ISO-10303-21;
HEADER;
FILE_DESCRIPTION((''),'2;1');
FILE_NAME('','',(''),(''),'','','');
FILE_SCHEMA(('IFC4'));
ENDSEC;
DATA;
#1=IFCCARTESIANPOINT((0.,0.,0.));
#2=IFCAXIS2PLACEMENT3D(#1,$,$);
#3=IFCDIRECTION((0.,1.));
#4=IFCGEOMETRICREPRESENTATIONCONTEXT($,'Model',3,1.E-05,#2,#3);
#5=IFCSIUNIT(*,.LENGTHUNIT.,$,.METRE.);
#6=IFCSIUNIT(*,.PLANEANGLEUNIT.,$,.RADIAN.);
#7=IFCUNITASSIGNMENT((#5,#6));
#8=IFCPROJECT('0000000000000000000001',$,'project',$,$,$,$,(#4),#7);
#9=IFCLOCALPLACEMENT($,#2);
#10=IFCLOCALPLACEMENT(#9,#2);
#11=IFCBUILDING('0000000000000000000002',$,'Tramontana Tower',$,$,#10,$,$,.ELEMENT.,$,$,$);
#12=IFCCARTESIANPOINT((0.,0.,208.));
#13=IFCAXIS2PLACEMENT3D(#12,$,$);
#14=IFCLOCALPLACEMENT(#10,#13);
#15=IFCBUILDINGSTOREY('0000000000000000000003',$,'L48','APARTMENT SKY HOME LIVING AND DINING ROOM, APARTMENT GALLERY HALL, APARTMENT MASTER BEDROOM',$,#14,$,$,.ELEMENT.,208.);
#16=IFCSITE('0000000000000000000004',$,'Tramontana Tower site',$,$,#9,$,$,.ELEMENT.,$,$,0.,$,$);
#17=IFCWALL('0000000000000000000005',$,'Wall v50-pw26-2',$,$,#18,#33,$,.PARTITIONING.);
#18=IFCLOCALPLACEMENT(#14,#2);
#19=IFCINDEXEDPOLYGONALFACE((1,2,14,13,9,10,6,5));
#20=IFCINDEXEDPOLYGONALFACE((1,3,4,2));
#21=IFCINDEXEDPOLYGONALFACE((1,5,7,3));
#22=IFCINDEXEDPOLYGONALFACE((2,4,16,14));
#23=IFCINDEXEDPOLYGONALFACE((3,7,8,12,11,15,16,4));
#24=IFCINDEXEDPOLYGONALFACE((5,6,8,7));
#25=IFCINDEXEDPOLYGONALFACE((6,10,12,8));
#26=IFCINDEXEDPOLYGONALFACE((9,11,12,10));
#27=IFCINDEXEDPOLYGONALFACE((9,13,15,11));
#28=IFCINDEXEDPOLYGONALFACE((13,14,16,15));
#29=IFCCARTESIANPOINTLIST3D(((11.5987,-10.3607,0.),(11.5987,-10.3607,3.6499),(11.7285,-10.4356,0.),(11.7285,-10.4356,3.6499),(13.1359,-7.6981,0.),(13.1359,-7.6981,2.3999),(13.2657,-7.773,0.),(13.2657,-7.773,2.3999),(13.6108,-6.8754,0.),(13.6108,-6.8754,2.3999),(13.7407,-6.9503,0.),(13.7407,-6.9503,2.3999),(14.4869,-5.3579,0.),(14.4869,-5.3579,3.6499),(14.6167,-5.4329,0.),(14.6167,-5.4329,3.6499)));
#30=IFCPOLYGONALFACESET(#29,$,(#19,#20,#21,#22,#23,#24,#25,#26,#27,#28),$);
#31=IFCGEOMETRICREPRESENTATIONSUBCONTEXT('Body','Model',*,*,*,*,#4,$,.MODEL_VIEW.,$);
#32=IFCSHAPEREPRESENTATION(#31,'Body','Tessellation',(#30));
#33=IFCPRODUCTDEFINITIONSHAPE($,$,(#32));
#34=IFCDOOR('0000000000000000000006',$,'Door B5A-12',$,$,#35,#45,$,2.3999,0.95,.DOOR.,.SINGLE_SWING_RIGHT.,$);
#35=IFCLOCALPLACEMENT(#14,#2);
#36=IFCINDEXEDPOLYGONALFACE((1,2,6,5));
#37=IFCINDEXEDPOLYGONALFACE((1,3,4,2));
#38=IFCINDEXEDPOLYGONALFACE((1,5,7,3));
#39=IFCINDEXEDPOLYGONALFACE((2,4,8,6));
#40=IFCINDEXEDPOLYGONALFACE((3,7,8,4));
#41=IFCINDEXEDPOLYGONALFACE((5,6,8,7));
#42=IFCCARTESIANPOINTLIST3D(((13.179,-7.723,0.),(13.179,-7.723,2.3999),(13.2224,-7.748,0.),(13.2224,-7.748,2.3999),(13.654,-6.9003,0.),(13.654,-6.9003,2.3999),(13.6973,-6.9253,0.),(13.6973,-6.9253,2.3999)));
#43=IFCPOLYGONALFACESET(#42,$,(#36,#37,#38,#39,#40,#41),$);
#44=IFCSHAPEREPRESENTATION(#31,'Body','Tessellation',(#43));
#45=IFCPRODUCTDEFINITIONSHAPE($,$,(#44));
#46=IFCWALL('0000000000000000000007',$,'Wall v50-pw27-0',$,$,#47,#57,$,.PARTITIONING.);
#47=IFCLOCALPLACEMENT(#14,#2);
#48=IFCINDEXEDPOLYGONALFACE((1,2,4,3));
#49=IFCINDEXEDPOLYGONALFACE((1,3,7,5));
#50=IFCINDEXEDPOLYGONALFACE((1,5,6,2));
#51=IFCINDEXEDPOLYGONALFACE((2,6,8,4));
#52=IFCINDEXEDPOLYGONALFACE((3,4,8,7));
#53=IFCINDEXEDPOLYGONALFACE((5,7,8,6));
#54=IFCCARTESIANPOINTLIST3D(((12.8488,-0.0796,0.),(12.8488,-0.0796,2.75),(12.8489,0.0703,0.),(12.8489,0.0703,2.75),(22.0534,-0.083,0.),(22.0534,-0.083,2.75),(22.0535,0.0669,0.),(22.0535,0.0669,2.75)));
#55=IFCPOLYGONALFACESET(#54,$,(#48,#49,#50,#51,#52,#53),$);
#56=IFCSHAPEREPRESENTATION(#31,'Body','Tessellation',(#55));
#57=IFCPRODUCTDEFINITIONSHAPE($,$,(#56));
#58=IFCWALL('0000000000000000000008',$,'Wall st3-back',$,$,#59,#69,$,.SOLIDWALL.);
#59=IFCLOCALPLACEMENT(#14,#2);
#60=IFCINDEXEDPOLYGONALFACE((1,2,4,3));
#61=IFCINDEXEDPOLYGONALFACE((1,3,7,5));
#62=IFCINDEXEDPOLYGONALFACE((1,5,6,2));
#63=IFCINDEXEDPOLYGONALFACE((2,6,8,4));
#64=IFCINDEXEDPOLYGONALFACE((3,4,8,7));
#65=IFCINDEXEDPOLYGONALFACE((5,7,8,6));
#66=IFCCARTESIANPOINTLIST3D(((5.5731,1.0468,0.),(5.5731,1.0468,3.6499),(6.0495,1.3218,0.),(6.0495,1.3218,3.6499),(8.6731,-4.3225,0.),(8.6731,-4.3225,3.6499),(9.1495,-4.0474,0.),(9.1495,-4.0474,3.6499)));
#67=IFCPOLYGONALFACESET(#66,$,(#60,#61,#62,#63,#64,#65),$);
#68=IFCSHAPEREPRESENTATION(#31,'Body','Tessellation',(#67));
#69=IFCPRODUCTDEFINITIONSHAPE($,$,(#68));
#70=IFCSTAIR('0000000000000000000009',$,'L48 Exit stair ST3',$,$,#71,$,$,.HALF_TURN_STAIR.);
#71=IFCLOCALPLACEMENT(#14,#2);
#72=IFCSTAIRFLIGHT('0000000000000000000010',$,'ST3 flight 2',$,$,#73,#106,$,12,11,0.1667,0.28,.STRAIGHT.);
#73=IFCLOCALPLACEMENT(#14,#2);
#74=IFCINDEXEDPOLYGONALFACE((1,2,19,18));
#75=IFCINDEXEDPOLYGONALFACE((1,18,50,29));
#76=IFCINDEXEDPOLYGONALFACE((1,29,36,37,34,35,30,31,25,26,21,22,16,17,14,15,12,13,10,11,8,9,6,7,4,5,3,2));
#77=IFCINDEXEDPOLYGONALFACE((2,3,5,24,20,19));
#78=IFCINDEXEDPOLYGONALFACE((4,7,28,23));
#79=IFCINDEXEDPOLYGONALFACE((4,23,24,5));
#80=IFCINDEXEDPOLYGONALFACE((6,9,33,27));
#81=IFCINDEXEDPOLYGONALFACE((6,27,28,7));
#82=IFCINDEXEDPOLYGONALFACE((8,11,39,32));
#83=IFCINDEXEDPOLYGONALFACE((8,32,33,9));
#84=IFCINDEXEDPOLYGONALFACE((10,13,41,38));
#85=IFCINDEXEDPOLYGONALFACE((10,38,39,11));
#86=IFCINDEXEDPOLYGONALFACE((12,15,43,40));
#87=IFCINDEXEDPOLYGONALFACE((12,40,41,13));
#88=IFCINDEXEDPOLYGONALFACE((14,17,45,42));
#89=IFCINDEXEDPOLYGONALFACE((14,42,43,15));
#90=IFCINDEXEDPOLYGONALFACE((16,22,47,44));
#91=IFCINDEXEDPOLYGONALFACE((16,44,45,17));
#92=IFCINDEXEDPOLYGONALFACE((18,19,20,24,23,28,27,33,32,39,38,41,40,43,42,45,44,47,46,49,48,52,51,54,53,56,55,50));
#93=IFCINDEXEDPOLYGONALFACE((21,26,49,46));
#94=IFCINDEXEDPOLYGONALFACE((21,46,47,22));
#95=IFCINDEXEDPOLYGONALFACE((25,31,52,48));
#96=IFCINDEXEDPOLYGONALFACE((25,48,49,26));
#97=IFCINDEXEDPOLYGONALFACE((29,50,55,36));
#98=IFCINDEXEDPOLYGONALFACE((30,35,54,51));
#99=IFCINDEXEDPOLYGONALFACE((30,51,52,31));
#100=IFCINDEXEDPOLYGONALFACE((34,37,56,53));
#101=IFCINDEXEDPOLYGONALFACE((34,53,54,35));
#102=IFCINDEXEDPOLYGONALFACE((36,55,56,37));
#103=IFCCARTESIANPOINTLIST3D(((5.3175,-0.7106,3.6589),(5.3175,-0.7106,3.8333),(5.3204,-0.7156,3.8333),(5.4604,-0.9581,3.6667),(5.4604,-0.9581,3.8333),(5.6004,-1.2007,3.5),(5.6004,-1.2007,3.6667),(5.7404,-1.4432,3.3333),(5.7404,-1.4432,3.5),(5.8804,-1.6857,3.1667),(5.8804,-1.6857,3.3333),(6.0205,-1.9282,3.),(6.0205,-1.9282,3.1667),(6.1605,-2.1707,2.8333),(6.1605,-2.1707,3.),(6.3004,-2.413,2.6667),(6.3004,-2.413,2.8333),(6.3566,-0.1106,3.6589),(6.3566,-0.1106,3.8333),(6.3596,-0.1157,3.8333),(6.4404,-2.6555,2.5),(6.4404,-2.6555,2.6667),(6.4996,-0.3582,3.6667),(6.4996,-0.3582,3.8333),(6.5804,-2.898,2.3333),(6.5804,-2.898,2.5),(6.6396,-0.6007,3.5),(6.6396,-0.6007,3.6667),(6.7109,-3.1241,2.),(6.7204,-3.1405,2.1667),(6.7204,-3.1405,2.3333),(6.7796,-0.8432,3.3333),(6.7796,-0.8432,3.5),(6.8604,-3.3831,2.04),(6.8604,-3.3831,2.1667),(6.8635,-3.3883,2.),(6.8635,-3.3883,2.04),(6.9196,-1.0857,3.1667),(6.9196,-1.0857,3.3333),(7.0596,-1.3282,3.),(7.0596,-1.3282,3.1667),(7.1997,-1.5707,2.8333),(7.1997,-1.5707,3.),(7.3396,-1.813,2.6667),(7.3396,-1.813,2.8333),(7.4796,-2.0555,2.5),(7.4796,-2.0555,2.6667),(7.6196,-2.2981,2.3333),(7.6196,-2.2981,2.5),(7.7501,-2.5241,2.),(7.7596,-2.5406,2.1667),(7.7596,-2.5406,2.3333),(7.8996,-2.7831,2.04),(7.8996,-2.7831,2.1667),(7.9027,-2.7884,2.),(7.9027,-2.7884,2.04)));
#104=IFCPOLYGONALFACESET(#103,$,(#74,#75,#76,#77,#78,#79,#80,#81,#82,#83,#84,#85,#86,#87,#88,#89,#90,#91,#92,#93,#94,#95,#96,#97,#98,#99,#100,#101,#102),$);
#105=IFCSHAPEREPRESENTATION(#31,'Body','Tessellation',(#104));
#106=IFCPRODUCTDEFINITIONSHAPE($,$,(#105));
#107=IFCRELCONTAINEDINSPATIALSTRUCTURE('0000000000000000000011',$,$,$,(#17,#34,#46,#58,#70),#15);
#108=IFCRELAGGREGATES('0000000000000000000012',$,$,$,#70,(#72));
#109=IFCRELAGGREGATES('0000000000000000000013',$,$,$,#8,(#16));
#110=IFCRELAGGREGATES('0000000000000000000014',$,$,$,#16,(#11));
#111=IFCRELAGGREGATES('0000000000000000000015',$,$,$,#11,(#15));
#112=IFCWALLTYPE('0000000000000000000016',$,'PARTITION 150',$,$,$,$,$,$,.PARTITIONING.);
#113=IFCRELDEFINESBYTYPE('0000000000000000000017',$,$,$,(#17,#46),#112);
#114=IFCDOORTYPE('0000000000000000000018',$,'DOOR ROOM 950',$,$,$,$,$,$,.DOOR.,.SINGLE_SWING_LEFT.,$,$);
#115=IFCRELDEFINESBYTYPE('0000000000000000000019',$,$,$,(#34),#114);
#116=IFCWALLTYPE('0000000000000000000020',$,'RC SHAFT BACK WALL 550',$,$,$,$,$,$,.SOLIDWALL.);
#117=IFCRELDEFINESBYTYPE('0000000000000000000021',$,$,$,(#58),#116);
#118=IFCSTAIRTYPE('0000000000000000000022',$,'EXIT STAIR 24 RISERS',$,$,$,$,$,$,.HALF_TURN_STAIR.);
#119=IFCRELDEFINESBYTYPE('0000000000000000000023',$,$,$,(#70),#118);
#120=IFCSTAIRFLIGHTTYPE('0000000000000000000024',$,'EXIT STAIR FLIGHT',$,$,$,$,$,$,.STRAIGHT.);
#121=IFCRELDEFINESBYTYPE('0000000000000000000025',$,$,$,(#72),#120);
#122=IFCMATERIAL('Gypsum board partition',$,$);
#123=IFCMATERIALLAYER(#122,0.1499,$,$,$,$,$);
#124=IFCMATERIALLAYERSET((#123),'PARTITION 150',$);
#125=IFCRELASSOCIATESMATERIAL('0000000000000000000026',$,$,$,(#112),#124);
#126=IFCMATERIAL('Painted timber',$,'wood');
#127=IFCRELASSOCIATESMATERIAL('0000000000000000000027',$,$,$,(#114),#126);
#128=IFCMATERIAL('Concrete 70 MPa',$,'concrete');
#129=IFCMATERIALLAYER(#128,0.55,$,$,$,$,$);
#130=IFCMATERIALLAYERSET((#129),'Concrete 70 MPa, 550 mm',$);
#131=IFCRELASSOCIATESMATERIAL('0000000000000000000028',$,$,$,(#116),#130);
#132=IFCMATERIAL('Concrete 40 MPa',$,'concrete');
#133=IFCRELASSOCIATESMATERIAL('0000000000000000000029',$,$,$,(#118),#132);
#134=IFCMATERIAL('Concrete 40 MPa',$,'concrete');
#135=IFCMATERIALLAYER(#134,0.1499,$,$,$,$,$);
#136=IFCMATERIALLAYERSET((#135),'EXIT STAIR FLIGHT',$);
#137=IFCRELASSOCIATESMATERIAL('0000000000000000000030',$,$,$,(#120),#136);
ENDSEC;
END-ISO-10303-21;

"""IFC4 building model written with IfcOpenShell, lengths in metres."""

from ifc_helpers import new_model, si_unit, direction, frame, frame_2d, origin, place, context, subcontext, project, spatial, polyline, rectangle, outline, extrude, material, layer, layer_set, type_object, element, fill, aggregate, save


model = new_model("IFC4")

# Units and contexts
model_context = context("Model", 3, precision=1e-05, world=origin(), true_north=direction((0.0, 1.0)))
body_context = subcontext(model_context, "Body", "Model", "MODEL_VIEW")
ifc_project = project(units=[si_unit("LENGTHUNIT", "METRE"), si_unit("PLANEANGLEUNIT", "RADIAN")], contexts=[model_context])

# Site, building, storey
site_placement = place(None, origin())
site = spatial("IfcSite", under=ifc_project, at=site_placement, Name="Tramontana Tower site", CompositionType="ELEMENT", RefElevation=0.0)
building_placement = place(site_placement, origin())
building = spatial("IfcBuilding", under=site, at=building_placement, Name="Tramontana Tower", CompositionType="ELEMENT")
storey_placement = place(building_placement, frame((0.0, 0.0, 208.0)))
storey = spatial("IfcBuildingStorey", under=building, at=storey_placement, Name="L48", Description="APARTMENT SKY HOME LIVING AND DINING ROOM, APARTMENT GALLERY HALL, APARTMENT MASTER BEDROOM", CompositionType="ELEMENT", Elevation=208.0)

# Shared definitions
ifc_material_1 = material(Name="Gypsum board partition")
ifc_layer_1 = layer(ifc_material_1, 0.1499)
ifc_layer_set_1 = layer_set([ifc_layer_1], Name="PARTITION 150")
wall_type_1 = type_object("IfcWallType", Name="PARTITION 150", PredefinedType="PARTITIONING", material=ifc_layer_set_1)

# Wall, opening, door
wall_1_placement = place(storey_placement, frame((14.5518, -5.3955, 0.0), z_axis=(0.0, 0.0, 1.0), x_axis=(-0.499985, -0.866034, 0.0)))
wall_1 = element("IfcWall", 1, at=wall_1_placement, inside=storey, type_object=wall_type_1, Name="Wall v50-pw26-2", PredefinedType="PARTITIONING", context=body_context, shape_type="SweptSolid", body=[
    extrude(rectangle(XDim=5.7766, YDim=0.1499, at=frame_2d((2.8882, 0.0))), origin(), (0.0, 0.0, 1.0), 3.6499),
])
opening_1_placement = place(wall_1_placement, frame((1.752, 0.0, 0.0)))
opening_1 = element("IfcOpeningElement", 2, at=opening_1_placement, cuts=wall_1, PredefinedType="OPENING", context=body_context, shape_type="SweptSolid", body=[
    extrude(rectangle(XDim=0.95, YDim=2.3999, at=frame_2d((0.4751, 1.2))), frame((0.0, 0.085, 0.0), z_axis=(0.0, -1.0, 0.0), x_axis=(1.0, 0.0, 0.0)), (0.0, 0.0, 1.0), 0.1699),
])
ifc_material_2 = material(Name="Painted timber", Category="wood")
door_type_1 = type_object("IfcDoorType", Name="DOOR ROOM 950", OperationType="SINGLE_SWING_LEFT", PredefinedType="DOOR", material=ifc_material_2)
door_1_placement = place(opening_1_placement, origin())
door_1 = element("IfcDoor", 3, at=door_1_placement, inside=storey, type_object=door_type_1, Name="Door B5A-12", OperationType="SINGLE_SWING_RIGHT", OverallHeight=2.3999, OverallWidth=0.95, PredefinedType="DOOR", context=body_context, shape_type="SweptSolid", body=[
    extrude(rectangle(XDim=0.95, YDim=2.3999, at=frame_2d((0.4751, 1.2))), frame((0.0, 0.0249, 0.0), z_axis=(0.0, -1.0, 0.0), x_axis=(1.0, 0.0, 0.0)), (0.0, 0.0, 1.0), 0.05),
])
fill(opening_1, door_1)

# Walls
wall_2_placement = place(storey_placement, frame((22.0535, -0.0081, 0.0), z_axis=(0.0, 0.0, 1.0), x_axis=(-1.0, 0.000371, 0.0)))
element("IfcWall", 4, at=wall_2_placement, inside=storey, type_object=wall_type_1, Name="Wall v50-pw27-0", PredefinedType="PARTITIONING", context=body_context, shape_type="SweptSolid", body=[
    extrude(rectangle(XDim=9.2046, YDim=0.1499, at=frame_2d((4.6023, 0.0))), origin(), (0.0, 0.0, 1.0), 2.75),
])
ifc_material_3 = material(Name="Concrete 70 MPa", Category="concrete")
ifc_layer_2 = layer(ifc_material_3, 0.55)
ifc_layer_set_2 = layer_set([ifc_layer_2], Name="Concrete 70 MPa, 550 mm")
wall_type_2 = type_object("IfcWallType", Name="RC SHAFT BACK WALL 550", PredefinedType="SOLIDWALL", material=ifc_layer_set_2)
wall_3_placement = place(storey_placement, frame((8.9114, -4.1851, 0.0), z_axis=(0.0, 0.0, 1.0), x_axis=(-0.50001, 0.86602, 0.0)))
element("IfcWall", 5, at=wall_3_placement, inside=storey, type_object=wall_type_2, Name="Wall st3-back", PredefinedType="SOLIDWALL", context=body_context, shape_type="SweptSolid", body=[
    extrude(rectangle(XDim=6.2, YDim=0.55, at=frame_2d((3.1001, 0.0))), origin(), (0.0, 0.0, 1.0), 3.6499),
])

# Stair, stair flight
ifc_material_4 = material(Name="Concrete 40 MPa", Category="concrete")
stair_type = type_object("IfcStairType", Name="EXIT STAIR 24 RISERS", PredefinedType="HALF_TURN_STAIR", material=ifc_material_4)
stair_placement = place(storey_placement, origin())
stair = element("IfcStair", 6, at=stair_placement, inside=storey, type_object=stair_type, Name="L48 Exit stair ST3", PredefinedType="HALF_TURN_STAIR")
ifc_material_5 = material(Name="Concrete 40 MPa", Category="concrete")
ifc_layer_3 = layer(ifc_material_5, 0.1499)
ifc_layer_set_3 = layer_set([ifc_layer_3], Name="EXIT STAIR FLIGHT")
stair_flight_type = type_object("IfcStairFlightType", Name="EXIT STAIR FLIGHT", PredefinedType="STRAIGHT", material=ifc_layer_set_3)
stair_flight_placement = place(storey_placement, frame((7.3801, -3.083, 2.0), z_axis=(0.0, 0.0, 1.0), x_axis=(-0.5, 0.866025, 0.0)))
stair_flight = element("IfcStairFlight", 7, at=stair_flight_placement, type_object=stair_flight_type, Name="ST3 flight 2", NumberOfRisers=12, NumberOfTreads=11, PredefinedType="STRAIGHT", RiserHeight=0.1667, TreadLength=0.28, context=body_context, shape_type="SweptSolid", body=[
    extrude(outline(polyline([(-0.0061, 0.0), (-0.0061, 0.04), (0.0, 0.04), (0.0, 0.1667), (0.28, 0.1667), (0.28, 0.3333), (0.5601, 0.3333), (0.5601, 0.5), (0.8401, 0.5), (0.8401, 0.6667), (1.1201, 0.6667), (1.1201, 0.8333), (1.3999, 0.8333), (1.3999, 1.0), (1.6799, 1.0), (1.6799, 1.1667), (1.96, 1.1667), (1.96, 1.3333), (2.24, 1.3333), (2.24, 1.5), (2.52, 1.5), (2.52, 1.6667), (2.8, 1.6667), (2.8, 1.8333), (3.0801, 1.8333), (3.0859, 1.8333), (3.0859, 1.6589), (0.2991, 0.0), (-0.0061, 0.0)])), frame((0.0, 0.6001, 0.0), z_axis=(0.0, -1.0, 0.0), x_axis=(1.0, 0.0, 0.0)), (0.0, 0.0, 1.0), 1.2),
])
aggregate(stair, [stair_flight])

save(model, "model.ifc")
